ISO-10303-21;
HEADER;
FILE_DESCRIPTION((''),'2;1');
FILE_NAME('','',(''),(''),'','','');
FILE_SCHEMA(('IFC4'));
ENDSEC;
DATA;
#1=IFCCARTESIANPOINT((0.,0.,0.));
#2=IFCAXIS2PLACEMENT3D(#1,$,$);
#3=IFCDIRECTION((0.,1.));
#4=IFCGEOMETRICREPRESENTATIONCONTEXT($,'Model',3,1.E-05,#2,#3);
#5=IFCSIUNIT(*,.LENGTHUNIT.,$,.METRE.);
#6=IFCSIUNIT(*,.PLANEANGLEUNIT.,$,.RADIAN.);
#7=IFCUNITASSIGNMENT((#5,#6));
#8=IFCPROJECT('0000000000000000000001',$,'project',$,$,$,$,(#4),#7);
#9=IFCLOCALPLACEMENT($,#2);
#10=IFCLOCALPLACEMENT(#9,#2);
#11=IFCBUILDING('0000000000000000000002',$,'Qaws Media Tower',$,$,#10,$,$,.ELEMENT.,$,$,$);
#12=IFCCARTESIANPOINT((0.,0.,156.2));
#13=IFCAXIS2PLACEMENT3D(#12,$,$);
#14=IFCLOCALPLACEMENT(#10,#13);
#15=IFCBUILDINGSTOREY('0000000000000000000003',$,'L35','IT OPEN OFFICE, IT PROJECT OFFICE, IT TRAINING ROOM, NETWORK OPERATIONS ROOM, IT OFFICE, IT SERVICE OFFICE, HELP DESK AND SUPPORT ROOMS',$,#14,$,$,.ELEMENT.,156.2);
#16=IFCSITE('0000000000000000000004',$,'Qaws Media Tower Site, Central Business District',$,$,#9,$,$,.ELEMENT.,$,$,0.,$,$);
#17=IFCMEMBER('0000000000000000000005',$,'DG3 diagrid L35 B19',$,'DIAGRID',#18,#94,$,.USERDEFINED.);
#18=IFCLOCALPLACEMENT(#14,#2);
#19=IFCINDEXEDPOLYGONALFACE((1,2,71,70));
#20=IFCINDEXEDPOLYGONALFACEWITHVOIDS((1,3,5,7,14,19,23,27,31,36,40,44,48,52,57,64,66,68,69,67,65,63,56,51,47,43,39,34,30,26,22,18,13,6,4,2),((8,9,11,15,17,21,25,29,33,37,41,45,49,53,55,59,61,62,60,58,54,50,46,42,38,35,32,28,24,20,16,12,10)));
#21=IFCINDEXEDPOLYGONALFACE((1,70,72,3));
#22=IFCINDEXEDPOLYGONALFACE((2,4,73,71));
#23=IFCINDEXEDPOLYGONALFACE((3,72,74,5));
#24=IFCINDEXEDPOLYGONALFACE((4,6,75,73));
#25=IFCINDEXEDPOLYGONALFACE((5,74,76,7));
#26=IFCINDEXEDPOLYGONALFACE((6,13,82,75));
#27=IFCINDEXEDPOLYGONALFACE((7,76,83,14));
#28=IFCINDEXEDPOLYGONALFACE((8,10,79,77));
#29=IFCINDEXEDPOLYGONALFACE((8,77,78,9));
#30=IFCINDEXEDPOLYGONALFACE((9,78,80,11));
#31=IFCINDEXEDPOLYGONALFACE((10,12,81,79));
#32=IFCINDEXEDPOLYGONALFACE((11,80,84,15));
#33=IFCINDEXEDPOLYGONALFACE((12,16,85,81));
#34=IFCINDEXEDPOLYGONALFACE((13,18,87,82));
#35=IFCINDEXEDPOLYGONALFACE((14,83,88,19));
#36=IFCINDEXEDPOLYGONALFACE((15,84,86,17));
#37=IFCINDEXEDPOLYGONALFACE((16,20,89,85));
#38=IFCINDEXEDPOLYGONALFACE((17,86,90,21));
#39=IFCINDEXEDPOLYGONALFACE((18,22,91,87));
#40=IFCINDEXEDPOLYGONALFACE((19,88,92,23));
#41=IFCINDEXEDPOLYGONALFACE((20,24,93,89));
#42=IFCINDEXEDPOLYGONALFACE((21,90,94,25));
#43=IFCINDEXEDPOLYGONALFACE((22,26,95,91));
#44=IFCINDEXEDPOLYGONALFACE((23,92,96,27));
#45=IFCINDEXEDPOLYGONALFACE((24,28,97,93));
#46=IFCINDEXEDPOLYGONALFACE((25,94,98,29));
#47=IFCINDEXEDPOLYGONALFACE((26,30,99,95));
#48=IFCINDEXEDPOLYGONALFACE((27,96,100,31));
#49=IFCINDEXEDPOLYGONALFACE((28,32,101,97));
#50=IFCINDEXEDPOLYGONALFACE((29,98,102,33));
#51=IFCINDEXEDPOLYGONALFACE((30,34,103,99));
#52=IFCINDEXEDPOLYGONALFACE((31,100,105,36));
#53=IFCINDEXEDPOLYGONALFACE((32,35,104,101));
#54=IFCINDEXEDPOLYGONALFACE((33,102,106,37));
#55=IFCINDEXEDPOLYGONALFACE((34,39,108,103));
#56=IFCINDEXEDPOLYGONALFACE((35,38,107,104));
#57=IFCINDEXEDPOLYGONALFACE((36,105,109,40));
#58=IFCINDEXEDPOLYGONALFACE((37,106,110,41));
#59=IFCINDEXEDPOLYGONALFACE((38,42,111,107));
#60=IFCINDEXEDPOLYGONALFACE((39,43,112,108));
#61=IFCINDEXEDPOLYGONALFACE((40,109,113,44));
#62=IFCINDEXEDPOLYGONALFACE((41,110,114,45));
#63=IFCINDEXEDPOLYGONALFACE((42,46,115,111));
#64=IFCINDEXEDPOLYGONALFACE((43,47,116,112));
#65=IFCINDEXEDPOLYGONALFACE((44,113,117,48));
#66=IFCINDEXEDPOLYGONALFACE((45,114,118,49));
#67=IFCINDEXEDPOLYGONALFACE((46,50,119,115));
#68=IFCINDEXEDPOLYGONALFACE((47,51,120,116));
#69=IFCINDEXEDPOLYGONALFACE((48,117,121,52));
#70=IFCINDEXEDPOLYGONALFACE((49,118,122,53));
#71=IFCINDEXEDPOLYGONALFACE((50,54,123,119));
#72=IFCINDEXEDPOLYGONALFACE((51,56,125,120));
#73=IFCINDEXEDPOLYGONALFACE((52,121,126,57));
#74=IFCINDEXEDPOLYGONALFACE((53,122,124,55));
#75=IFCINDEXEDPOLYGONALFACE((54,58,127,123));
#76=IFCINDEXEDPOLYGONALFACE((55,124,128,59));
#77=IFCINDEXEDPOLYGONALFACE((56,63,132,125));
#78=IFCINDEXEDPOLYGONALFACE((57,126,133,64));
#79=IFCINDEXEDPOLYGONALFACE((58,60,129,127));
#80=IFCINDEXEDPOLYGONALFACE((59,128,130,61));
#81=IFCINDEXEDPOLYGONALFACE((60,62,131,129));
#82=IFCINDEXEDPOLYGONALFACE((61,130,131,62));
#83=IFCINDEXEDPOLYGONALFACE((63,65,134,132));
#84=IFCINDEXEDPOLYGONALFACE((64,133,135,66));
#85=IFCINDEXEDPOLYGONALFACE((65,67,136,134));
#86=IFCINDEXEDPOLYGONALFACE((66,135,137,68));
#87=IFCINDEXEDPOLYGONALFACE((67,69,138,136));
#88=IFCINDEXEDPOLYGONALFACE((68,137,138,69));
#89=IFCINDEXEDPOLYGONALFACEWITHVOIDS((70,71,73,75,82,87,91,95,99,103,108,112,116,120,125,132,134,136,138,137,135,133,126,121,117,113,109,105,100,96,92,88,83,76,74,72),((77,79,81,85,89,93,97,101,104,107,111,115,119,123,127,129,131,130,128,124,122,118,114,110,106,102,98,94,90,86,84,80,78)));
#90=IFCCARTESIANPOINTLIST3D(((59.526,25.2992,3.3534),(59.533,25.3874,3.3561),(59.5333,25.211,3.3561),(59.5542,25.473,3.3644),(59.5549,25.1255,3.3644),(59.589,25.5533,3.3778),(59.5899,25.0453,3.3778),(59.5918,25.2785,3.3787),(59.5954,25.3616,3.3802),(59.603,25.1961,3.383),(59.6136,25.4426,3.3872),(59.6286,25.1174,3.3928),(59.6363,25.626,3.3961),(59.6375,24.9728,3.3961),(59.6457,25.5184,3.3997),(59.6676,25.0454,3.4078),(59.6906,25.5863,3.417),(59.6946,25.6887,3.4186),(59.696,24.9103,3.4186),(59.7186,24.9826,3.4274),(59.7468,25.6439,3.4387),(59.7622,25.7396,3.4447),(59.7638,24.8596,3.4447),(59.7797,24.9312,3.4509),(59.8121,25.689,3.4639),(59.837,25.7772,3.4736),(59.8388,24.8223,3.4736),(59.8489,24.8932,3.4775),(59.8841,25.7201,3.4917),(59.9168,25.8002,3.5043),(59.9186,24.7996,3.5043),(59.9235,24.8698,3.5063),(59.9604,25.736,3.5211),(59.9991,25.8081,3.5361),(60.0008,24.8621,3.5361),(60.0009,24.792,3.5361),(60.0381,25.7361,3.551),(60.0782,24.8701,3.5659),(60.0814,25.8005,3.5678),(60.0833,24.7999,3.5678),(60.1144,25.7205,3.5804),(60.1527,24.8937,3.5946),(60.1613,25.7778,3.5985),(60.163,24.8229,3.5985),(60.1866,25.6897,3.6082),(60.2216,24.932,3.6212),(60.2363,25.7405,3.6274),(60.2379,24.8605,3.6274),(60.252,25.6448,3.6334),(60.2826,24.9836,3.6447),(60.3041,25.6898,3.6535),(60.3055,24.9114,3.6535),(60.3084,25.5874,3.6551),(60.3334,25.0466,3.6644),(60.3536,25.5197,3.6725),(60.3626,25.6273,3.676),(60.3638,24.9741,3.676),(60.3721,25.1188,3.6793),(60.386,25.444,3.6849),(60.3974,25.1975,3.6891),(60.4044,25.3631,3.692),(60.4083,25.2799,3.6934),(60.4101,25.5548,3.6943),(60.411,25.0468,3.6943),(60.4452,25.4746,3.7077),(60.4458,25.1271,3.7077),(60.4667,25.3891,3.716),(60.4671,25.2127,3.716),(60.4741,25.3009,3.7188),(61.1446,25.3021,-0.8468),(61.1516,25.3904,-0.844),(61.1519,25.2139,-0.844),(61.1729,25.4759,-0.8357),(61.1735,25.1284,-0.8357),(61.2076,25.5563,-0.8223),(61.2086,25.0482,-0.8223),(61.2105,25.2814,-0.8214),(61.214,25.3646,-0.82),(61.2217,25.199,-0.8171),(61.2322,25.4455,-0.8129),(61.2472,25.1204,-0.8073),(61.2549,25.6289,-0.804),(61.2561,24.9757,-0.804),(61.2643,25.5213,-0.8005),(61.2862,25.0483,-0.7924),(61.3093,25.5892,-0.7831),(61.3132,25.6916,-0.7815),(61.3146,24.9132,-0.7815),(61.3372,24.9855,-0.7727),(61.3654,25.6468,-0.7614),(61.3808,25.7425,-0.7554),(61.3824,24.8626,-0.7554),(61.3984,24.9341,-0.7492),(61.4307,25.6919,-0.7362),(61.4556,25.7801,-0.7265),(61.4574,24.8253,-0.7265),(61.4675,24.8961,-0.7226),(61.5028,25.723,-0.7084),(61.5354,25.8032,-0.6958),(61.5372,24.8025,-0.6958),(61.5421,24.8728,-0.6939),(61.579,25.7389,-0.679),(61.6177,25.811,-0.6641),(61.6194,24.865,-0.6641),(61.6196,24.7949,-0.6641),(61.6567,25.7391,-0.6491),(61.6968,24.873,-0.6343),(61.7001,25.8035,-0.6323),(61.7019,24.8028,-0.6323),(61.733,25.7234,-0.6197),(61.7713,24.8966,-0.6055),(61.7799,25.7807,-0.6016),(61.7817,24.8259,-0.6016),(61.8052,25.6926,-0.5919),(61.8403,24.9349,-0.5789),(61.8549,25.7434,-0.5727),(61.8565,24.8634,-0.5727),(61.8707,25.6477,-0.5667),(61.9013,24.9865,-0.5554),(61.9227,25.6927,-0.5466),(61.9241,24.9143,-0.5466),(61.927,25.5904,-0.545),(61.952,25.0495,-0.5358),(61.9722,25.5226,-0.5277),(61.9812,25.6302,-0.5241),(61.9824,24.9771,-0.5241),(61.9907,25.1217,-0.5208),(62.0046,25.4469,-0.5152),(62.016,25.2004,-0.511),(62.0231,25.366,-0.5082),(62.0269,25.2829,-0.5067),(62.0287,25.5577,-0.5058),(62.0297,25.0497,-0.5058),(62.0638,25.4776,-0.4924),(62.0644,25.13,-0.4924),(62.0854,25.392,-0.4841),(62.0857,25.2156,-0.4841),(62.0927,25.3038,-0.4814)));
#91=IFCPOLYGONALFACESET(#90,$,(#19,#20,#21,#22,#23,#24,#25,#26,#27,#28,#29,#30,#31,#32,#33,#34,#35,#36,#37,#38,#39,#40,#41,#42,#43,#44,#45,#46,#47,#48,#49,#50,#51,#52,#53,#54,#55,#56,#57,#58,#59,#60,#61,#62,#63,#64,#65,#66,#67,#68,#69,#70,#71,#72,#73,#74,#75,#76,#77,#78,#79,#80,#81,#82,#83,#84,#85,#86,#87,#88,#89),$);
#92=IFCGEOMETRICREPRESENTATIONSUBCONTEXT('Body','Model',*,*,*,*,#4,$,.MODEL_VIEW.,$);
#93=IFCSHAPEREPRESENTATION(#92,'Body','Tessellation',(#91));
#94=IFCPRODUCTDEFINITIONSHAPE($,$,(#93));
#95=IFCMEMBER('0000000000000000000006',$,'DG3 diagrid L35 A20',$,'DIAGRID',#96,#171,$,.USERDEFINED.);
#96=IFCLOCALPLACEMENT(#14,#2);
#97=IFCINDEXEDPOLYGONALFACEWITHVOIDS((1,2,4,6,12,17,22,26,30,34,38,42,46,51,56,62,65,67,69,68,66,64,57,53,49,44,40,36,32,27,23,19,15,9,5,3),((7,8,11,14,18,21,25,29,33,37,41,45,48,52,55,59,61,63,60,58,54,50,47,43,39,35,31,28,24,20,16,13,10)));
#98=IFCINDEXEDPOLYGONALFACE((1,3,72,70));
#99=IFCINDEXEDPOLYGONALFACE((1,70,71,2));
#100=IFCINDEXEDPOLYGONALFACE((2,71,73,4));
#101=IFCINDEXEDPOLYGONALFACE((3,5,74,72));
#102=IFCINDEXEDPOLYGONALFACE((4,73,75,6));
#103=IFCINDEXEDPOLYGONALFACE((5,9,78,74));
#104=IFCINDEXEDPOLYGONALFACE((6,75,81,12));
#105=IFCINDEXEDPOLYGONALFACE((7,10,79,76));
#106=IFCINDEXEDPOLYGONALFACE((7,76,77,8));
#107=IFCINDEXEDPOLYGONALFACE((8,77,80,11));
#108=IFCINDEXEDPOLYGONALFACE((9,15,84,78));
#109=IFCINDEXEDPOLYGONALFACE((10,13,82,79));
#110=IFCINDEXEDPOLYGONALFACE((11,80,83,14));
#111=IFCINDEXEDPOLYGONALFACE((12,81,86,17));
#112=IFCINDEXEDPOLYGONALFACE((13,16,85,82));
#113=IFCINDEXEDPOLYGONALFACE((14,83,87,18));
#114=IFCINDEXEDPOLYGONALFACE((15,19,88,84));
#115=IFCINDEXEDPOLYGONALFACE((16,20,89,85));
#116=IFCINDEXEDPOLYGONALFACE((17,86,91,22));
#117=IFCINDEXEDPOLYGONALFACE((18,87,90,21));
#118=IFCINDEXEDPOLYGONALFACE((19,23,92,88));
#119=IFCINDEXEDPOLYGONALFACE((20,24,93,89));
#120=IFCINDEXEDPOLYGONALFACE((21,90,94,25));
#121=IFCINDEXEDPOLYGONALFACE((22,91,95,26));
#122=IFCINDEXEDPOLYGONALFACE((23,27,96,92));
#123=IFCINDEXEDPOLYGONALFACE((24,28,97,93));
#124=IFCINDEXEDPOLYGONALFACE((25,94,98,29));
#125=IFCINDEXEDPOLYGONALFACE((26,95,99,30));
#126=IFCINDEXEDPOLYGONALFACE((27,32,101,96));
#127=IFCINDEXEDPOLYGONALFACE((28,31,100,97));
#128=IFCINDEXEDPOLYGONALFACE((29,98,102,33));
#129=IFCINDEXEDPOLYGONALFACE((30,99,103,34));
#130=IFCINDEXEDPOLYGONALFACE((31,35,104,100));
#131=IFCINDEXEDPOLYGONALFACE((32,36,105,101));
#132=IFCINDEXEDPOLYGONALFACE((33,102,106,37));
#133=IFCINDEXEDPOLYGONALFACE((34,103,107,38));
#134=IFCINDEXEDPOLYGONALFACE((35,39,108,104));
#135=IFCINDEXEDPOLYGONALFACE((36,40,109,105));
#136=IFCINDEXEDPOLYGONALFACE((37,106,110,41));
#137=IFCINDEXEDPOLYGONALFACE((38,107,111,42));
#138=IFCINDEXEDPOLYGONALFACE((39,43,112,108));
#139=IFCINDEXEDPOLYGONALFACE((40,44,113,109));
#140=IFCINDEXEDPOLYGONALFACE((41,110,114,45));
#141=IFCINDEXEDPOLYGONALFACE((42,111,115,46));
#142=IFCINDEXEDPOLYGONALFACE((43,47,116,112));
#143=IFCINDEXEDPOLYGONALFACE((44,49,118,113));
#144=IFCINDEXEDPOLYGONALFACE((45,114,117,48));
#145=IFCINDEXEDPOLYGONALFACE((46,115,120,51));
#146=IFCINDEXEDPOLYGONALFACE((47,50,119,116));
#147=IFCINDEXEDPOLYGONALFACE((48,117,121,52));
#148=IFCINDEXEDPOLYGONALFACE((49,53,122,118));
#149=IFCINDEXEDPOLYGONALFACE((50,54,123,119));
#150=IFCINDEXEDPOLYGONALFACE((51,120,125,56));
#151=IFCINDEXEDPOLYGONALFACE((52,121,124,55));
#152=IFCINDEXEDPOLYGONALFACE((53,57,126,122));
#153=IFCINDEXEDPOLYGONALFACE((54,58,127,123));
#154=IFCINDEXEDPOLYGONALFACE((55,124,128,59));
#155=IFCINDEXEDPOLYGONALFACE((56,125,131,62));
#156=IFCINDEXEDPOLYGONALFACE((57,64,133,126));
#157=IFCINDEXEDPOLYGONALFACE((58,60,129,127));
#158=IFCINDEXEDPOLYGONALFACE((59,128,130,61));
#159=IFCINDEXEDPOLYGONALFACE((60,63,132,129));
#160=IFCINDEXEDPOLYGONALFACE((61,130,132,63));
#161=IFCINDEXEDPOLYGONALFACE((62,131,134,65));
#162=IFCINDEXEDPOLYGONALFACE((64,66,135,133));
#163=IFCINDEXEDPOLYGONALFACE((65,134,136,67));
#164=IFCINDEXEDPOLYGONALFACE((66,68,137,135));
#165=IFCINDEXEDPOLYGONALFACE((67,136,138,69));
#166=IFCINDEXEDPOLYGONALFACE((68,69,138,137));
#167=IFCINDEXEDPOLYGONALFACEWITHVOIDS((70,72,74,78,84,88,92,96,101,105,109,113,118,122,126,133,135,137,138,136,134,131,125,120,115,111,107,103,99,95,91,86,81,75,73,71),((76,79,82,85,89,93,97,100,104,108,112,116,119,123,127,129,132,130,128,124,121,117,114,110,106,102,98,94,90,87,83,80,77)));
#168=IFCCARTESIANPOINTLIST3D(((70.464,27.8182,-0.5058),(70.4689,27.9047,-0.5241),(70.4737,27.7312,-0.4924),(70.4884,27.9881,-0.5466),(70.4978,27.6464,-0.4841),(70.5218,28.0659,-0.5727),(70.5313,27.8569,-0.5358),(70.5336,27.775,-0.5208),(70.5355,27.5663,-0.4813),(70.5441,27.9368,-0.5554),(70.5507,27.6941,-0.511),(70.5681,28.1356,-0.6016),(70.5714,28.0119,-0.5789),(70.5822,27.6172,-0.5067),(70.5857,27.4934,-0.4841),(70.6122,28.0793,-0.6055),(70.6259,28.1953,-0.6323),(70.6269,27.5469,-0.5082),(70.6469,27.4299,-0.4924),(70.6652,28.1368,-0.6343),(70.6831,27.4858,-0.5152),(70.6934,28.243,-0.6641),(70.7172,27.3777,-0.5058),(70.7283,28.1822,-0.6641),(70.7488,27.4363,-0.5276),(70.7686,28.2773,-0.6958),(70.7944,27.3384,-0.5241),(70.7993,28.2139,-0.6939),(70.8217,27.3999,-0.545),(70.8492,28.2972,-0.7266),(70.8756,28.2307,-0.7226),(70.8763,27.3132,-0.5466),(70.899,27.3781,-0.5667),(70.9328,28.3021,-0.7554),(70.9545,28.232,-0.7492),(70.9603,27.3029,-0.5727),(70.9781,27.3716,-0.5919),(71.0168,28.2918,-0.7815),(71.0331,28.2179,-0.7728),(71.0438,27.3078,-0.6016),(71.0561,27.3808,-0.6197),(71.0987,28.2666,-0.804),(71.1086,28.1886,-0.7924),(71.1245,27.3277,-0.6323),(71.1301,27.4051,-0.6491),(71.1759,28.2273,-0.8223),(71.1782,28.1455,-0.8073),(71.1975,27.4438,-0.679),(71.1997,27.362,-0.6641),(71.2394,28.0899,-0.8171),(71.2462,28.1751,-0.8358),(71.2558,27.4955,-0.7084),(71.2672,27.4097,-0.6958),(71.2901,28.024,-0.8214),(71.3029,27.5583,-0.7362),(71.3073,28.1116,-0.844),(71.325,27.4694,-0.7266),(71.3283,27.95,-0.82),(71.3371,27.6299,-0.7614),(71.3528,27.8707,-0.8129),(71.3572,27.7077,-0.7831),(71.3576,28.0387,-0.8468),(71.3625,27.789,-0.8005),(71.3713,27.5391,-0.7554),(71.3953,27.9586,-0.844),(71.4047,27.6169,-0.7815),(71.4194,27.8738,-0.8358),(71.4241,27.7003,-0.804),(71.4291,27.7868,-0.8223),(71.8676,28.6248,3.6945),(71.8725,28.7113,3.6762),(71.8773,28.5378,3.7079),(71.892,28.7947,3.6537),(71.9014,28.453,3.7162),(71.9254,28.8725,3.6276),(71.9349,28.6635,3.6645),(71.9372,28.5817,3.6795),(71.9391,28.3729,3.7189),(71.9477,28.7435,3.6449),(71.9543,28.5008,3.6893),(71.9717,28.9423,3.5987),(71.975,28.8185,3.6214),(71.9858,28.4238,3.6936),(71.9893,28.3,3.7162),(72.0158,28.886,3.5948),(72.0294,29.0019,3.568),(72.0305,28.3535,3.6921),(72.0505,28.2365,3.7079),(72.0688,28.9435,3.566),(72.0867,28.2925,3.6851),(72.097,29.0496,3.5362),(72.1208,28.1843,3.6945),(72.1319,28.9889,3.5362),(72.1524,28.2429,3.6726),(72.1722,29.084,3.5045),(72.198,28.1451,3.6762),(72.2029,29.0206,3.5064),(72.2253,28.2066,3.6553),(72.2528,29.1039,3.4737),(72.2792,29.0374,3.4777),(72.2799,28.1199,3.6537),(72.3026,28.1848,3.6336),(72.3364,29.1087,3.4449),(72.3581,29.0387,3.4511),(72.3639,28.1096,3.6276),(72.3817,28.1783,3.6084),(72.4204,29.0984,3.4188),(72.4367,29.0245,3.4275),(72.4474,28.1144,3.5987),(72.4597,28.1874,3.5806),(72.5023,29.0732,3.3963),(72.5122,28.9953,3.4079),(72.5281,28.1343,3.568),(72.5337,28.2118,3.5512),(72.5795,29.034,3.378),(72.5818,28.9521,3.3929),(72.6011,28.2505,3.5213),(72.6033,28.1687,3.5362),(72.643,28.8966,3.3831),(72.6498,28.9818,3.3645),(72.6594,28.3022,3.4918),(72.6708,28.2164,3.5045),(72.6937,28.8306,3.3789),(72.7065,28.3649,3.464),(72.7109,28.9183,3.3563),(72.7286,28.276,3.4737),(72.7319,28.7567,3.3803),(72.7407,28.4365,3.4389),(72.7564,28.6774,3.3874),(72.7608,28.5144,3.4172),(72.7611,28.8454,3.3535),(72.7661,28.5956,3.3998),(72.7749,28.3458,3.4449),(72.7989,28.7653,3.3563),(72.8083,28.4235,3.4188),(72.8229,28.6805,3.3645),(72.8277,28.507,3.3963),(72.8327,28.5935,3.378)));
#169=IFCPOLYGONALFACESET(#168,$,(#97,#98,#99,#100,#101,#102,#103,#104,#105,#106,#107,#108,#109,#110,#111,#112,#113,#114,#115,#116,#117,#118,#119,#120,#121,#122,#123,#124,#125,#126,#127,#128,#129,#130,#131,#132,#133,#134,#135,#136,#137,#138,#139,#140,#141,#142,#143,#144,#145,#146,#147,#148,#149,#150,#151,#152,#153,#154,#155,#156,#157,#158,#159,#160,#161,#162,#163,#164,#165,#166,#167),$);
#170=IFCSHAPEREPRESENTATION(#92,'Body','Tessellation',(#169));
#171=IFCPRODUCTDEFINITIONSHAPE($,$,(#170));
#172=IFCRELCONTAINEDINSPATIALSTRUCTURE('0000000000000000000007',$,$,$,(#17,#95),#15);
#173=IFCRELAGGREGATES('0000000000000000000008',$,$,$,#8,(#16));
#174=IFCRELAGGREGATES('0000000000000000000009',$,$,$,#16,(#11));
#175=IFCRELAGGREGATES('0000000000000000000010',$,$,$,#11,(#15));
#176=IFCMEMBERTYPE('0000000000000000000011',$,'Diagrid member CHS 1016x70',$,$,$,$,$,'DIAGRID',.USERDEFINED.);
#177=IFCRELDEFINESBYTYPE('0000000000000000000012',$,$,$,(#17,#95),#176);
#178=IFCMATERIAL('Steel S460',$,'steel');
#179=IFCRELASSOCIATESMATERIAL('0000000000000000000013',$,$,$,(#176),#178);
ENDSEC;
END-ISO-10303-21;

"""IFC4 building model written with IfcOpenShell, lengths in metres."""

from ifc_helpers import new_model, si_unit, direction, frame, origin, origin_2d, place, context, subcontext, project, spatial, hollow_circle, extrude, material, material_profile, profile_set, type_object, element, save


model = new_model("IFC4")

# Units and contexts
model_context = context("Model", 3, precision=1e-05, world=origin(), true_north=direction((0.0, 1.0)))
body_context = subcontext(model_context, "Body", "Model", "MODEL_VIEW")
ifc_project = project(units=[si_unit("LENGTHUNIT", "METRE"), si_unit("PLANEANGLEUNIT", "RADIAN")], contexts=[model_context])

# Site, building, storey
site_placement = place(None, origin())
site = spatial("IfcSite", under=ifc_project, at=site_placement, Name="Qaws Media Tower Site, Central Business District", CompositionType="ELEMENT", RefElevation=0.0)
building_placement = place(site_placement, origin())
building = spatial("IfcBuilding", under=site, at=building_placement, Name="Qaws Media Tower", CompositionType="ELEMENT")
storey_placement = place(building_placement, frame((0.0, 0.0, 156.2)))
storey = spatial("IfcBuildingStorey", under=building, at=storey_placement, Name="L35", Description="IT OPEN OFFICE, IT PROJECT OFFICE, IT TRAINING ROOM, NETWORK OPERATIONS ROOM, IT OFFICE, IT SERVICE OFFICE, HELP DESK AND SUPPORT ROOMS", CompositionType="ELEMENT", Elevation=156.2)

# Members
ifc_material_1 = material(Name="Steel S460", Category="steel")
ifc_material_profile_1 = material_profile(ifc_material_1, hollow_circle(Radius=0.5081, WallThickness=0.0701, at=origin_2d()), Name="CHS 1016x70")
ifc_profile_set_1 = profile_set([ifc_material_profile_1], Name="Steel S460")
member_type_1 = type_object("IfcMemberType", Name="Diagrid member CHS 1016x70", ElementType="DIAGRID", PredefinedType="USERDEFINED", material=ifc_profile_set_1)
member_1_placement = place(storey_placement, frame((61.6187, 25.303, -0.6641), z_axis=(-0.359597, -0.000651, 0.933108), x_axis=(0.00181, -0.999998, 0.0)))
element("IfcMember", 1, at=member_1_placement, inside=storey, type_object=member_type_1, Name="DG3 diagrid L35 B19", ObjectType="DIAGRID", PredefinedType="USERDEFINED", context=body_context, shape_type="SweptSolid", body=[
    extrude(hollow_circle(Radius=0.5081, WallThickness=0.0701, at=origin_2d()), origin(), (0.0, 0.0, 1.0), 4.5012),
])
member_2_placement = place(storey_placement, frame((70.9465, 27.8025, -0.6641), z_axis=(0.311809, 0.179199, 0.933093), x_axis=(-0.498281, 0.867015, 0.0)))
element("IfcMember", 2, at=member_2_placement, inside=storey, type_object=member_type_1, Name="DG3 diagrid L35 A20", ObjectType="DIAGRID", PredefinedType="USERDEFINED", context=body_context, shape_type="SweptSolid", body=[
    extrude(hollow_circle(Radius=0.5081, WallThickness=0.0701, at=origin_2d()), origin(), (0.0, 0.0, 1.0), 4.5015),
])

save(model, "model.ifc")
